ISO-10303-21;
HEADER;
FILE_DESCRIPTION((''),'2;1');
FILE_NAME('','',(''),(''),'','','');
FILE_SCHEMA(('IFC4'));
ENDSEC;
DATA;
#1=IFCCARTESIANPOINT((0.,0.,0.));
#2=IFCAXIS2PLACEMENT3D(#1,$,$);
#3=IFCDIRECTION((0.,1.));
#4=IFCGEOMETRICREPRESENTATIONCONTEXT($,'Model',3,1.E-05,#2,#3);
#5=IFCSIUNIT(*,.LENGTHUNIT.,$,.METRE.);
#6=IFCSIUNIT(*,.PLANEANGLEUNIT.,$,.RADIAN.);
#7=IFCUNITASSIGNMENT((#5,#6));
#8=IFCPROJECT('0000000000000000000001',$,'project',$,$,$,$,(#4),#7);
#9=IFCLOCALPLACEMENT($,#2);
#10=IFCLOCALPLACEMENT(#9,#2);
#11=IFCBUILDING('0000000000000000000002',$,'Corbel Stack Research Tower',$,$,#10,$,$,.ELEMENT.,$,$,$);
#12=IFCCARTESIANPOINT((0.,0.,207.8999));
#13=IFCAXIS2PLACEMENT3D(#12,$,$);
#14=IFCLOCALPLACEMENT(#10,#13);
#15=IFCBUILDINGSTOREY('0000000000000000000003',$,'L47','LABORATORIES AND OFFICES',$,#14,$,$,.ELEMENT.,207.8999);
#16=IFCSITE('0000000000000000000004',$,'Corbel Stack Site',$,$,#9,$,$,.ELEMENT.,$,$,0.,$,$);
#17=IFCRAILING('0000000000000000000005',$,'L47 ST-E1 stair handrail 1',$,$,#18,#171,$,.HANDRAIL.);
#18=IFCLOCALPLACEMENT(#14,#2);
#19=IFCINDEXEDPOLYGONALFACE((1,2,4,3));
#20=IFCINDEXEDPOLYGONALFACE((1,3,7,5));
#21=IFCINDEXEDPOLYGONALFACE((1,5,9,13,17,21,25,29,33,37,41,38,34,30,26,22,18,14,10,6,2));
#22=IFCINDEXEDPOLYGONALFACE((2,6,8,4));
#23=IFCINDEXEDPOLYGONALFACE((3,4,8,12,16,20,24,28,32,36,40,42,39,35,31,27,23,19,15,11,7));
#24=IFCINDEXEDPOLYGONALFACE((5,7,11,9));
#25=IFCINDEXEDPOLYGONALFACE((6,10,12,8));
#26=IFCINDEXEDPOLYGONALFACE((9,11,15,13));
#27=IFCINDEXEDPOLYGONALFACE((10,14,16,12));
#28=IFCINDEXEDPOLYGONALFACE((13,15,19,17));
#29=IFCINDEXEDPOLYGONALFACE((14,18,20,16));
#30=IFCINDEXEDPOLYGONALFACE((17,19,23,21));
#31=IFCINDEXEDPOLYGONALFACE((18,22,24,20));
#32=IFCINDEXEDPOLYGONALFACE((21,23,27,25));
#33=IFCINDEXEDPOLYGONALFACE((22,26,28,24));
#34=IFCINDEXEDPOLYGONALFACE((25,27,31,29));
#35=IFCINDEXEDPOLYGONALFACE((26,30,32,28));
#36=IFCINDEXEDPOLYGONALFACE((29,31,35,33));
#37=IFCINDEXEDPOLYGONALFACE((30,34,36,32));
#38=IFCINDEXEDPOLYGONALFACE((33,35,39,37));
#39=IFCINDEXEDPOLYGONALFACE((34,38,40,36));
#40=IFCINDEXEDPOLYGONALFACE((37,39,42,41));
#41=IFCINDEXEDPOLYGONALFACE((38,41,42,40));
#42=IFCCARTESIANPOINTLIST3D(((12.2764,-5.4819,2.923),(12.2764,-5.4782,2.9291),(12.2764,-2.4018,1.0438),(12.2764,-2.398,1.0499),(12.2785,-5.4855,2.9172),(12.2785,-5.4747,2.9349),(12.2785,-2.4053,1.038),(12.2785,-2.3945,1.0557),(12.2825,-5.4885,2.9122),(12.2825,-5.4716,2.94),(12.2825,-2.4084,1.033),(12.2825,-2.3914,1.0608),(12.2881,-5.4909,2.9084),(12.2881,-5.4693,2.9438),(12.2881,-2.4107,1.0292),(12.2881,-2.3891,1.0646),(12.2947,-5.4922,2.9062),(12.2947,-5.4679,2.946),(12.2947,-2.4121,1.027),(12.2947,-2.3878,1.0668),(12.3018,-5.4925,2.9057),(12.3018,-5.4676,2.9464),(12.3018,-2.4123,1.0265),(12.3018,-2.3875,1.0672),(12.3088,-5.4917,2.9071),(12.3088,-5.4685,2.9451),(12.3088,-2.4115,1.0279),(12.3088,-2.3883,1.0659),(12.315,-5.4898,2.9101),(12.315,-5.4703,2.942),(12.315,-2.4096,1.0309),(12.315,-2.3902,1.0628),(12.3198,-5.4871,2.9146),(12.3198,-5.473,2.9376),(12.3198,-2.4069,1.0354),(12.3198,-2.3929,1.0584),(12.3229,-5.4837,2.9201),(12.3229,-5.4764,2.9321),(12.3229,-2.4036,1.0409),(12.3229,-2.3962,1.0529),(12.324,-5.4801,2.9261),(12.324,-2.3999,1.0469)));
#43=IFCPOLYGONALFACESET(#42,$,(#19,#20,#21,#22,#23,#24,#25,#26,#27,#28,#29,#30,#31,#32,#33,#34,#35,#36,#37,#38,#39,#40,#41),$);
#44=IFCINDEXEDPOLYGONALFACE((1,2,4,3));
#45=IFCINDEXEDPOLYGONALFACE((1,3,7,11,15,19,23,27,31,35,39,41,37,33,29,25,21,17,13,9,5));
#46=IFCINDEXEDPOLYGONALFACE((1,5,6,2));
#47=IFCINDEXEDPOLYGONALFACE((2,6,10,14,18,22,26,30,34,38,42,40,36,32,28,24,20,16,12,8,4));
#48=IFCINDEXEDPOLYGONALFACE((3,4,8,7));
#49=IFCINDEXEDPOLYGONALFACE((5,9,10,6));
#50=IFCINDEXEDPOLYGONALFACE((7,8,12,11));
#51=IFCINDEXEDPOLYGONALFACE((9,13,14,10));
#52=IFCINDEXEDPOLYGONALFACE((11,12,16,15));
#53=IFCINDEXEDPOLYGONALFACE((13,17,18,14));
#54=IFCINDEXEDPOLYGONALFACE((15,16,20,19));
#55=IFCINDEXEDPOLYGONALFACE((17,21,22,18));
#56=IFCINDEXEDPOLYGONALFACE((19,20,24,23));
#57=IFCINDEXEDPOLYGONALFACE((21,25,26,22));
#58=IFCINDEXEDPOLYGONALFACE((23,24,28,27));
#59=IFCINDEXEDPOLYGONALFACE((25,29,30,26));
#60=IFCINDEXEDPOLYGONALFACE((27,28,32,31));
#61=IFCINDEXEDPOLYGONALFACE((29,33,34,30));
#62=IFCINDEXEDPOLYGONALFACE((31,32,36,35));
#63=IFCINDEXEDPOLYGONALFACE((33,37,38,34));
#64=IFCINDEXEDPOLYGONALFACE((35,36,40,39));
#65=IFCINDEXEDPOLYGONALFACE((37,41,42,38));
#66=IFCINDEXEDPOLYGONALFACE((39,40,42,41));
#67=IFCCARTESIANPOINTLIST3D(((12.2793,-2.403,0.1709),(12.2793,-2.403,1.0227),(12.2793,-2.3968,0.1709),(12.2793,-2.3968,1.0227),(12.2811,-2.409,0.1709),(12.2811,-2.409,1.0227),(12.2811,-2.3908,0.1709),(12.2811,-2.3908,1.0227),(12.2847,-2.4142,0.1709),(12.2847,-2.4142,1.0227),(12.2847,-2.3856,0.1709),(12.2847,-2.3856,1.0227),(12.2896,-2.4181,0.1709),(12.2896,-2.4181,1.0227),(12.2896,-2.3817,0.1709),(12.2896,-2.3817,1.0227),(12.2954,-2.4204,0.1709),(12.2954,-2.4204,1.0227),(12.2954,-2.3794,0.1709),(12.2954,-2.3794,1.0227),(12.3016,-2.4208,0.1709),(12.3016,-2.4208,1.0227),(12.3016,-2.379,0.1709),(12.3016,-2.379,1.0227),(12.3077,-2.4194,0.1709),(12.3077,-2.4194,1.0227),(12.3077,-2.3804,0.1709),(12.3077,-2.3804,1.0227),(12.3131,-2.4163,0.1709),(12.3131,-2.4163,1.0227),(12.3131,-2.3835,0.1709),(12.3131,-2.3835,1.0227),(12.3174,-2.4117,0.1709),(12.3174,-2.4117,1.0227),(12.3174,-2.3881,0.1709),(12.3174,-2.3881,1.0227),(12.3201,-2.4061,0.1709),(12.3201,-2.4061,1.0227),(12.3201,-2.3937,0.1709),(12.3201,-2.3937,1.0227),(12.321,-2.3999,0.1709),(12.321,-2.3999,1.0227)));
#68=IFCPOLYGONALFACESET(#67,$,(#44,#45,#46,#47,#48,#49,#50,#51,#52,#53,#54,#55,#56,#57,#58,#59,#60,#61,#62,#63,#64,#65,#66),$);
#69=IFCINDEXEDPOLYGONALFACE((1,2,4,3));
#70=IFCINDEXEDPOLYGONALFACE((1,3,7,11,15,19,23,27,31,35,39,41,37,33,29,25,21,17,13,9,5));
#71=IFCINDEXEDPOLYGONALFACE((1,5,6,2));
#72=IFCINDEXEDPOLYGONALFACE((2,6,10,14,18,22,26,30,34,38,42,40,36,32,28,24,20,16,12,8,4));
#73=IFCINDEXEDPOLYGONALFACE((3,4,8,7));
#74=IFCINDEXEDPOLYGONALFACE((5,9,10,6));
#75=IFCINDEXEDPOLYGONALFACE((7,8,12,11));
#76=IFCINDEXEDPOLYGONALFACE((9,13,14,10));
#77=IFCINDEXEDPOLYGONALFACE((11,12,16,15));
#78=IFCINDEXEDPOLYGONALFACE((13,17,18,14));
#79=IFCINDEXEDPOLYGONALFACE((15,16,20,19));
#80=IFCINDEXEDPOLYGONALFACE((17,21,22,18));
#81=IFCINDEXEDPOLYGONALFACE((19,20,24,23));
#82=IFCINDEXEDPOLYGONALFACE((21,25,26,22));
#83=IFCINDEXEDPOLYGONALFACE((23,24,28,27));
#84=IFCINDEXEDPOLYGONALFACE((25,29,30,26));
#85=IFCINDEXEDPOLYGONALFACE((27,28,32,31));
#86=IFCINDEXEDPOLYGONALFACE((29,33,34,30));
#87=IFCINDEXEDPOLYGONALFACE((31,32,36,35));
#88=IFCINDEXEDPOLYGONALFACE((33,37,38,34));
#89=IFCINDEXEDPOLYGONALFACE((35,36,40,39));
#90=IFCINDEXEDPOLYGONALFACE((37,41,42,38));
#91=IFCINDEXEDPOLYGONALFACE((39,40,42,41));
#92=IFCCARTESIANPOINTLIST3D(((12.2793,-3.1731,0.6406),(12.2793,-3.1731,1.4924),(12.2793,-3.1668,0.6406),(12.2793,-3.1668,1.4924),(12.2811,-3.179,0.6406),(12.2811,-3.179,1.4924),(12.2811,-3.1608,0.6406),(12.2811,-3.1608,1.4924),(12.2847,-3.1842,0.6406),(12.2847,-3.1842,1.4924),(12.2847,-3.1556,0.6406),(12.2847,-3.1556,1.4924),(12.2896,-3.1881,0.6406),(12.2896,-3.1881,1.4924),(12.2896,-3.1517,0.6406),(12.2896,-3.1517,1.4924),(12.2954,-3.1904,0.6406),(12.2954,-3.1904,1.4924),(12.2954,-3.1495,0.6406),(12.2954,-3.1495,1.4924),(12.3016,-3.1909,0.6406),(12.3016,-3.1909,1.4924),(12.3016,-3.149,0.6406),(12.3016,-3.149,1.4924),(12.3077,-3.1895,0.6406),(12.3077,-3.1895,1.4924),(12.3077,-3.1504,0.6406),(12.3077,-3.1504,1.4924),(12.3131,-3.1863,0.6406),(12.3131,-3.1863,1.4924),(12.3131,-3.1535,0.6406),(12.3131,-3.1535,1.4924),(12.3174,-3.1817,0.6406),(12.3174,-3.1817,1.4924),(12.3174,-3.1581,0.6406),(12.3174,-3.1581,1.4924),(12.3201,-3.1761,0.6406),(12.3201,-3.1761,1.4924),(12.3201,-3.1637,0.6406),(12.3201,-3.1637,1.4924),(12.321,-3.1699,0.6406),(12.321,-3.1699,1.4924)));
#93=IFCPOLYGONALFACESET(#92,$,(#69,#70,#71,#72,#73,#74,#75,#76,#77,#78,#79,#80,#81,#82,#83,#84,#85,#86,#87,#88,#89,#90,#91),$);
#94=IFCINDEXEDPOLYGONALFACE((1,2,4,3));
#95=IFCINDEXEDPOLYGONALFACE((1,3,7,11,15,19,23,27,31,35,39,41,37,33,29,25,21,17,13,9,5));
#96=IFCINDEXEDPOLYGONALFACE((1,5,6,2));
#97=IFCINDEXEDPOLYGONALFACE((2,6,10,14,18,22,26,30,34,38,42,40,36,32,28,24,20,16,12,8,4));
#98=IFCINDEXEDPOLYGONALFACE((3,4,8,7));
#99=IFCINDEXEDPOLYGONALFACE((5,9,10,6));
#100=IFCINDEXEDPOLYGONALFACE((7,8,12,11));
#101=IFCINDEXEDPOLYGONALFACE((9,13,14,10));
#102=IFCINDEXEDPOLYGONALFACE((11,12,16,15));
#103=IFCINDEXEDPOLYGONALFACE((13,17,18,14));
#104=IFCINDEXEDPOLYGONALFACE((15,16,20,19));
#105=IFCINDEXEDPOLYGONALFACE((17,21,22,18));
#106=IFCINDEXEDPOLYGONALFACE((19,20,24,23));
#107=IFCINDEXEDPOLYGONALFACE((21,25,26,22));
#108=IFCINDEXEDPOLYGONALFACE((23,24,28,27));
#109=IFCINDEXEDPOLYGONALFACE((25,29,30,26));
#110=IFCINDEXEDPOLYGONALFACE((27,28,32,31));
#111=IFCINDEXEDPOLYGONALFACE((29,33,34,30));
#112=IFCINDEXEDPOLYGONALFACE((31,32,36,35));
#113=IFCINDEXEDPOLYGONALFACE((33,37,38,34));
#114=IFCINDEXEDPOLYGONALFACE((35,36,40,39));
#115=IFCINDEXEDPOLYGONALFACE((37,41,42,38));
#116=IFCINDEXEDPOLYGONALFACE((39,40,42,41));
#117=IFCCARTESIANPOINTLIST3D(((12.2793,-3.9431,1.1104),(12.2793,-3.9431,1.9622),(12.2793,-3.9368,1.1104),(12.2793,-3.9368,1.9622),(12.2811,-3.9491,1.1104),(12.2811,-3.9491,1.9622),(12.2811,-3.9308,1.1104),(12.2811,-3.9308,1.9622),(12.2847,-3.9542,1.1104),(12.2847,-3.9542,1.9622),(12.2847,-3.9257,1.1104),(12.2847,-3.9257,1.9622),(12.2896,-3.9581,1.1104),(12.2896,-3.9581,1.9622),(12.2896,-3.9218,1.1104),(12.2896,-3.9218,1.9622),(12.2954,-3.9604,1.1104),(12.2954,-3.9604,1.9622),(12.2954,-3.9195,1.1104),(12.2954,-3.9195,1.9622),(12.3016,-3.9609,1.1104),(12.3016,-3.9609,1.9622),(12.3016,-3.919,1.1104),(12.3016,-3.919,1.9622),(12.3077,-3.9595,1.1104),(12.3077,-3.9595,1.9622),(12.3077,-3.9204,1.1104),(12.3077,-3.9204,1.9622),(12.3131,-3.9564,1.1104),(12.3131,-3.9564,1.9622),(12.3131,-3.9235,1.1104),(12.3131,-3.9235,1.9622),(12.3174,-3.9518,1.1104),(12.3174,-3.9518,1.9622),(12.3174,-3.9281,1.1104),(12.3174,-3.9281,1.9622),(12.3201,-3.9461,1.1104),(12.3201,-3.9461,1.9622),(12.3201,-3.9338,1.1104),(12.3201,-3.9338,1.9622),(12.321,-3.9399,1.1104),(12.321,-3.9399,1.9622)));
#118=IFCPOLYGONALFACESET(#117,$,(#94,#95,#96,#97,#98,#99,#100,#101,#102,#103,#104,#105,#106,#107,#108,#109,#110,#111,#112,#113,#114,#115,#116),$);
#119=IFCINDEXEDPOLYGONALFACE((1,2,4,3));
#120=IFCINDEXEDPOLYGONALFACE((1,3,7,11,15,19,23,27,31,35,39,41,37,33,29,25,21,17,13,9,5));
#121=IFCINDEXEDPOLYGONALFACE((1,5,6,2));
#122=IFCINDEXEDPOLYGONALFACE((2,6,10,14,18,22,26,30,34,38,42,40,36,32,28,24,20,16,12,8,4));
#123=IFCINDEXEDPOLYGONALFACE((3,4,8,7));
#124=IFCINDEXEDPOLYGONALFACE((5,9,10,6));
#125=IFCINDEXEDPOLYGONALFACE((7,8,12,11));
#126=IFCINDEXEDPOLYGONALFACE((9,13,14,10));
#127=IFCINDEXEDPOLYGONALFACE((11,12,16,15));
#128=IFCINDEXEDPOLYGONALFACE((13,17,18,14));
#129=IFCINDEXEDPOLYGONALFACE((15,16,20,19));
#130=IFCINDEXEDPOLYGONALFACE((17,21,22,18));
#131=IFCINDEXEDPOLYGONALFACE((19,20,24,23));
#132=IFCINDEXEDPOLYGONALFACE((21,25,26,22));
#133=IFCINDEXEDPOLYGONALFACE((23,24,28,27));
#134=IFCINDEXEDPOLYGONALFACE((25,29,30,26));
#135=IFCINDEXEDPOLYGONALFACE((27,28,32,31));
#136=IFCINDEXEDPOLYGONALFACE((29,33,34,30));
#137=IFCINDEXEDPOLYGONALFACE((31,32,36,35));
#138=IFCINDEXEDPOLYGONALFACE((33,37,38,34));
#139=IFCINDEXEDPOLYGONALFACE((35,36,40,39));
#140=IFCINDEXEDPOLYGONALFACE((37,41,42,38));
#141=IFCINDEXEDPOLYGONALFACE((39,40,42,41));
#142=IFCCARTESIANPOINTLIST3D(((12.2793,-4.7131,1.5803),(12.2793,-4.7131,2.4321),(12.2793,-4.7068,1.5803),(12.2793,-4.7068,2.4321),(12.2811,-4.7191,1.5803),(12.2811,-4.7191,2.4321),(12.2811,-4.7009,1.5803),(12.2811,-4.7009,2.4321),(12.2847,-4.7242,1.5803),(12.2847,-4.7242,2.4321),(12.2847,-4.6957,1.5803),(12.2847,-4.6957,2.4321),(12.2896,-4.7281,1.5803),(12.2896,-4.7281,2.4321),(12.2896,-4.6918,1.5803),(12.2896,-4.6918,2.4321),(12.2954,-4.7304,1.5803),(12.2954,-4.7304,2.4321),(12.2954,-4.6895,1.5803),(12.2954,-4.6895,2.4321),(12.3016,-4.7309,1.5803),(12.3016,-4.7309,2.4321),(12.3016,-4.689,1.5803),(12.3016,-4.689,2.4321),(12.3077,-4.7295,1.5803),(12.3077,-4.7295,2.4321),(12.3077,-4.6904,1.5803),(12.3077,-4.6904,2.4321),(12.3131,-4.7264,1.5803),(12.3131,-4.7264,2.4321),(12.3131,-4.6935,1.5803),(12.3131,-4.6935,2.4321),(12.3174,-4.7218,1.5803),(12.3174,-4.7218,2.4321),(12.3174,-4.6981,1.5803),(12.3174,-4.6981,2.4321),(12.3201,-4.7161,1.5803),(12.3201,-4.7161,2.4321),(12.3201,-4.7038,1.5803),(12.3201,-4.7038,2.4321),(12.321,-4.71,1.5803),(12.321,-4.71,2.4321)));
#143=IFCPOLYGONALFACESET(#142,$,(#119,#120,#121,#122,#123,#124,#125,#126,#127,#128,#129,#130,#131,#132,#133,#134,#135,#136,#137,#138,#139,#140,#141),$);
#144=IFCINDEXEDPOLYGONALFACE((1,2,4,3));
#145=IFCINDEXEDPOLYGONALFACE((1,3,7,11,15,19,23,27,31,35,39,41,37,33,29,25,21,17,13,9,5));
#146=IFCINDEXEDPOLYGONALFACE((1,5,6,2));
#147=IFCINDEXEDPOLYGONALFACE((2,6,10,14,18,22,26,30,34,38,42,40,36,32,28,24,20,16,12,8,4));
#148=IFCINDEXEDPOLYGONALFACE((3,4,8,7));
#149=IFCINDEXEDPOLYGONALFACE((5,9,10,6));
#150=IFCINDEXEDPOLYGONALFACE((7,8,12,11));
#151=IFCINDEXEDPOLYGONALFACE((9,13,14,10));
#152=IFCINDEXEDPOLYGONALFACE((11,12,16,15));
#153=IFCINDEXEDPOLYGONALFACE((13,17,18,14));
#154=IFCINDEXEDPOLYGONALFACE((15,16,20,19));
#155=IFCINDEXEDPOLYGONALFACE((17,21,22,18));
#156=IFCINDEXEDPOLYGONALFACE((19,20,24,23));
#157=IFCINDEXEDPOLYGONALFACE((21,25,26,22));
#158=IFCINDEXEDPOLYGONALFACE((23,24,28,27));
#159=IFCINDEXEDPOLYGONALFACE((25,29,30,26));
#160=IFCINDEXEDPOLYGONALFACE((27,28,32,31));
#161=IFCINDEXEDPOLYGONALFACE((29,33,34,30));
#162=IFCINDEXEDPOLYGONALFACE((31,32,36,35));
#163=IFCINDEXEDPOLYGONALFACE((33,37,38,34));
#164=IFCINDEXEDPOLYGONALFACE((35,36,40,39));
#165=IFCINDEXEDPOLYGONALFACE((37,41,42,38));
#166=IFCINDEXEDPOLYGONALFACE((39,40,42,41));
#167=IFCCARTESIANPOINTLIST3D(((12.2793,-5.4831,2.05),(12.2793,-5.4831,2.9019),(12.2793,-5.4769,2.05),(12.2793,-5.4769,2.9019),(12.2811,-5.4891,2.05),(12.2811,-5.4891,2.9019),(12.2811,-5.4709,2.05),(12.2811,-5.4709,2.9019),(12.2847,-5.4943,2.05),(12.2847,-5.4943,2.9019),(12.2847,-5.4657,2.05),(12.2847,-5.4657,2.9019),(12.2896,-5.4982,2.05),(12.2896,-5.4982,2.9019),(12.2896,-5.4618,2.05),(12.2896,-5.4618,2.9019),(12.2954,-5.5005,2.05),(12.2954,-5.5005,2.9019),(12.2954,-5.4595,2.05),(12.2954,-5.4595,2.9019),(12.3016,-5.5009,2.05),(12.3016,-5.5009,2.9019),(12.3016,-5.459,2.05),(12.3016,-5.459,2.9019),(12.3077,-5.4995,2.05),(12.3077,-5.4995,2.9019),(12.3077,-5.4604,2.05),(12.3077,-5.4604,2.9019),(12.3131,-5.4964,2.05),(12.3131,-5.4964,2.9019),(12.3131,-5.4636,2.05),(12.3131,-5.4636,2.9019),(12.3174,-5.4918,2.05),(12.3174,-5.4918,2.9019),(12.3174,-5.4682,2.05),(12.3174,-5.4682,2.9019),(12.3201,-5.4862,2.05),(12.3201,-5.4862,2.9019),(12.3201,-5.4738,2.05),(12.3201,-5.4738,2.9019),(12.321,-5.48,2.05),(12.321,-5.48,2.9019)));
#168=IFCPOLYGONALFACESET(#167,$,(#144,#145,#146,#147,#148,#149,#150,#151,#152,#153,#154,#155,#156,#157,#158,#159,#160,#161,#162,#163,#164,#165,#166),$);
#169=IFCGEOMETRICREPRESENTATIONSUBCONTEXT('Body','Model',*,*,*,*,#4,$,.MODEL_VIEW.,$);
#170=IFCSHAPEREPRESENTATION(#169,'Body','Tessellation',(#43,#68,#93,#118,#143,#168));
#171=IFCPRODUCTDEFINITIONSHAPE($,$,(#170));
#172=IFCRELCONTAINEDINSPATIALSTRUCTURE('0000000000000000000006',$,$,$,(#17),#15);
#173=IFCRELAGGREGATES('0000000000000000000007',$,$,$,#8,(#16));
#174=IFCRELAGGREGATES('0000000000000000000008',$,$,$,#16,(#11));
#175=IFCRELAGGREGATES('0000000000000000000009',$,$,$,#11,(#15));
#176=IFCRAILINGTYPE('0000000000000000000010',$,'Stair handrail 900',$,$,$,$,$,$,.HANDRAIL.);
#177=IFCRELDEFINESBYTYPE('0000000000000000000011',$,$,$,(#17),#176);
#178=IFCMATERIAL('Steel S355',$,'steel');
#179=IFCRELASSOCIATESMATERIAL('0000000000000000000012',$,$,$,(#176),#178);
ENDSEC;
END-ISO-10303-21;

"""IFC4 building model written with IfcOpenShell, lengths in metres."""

from ifc_helpers import new_model, si_unit, direction, frame, origin, origin_2d, place, context, subcontext, project, spatial, circle, extrude, material, type_object, element, save


model = new_model("IFC4")

# Units and contexts
model_context = context("Model", 3, precision=1e-05, world=origin(), true_north=direction((0.0, 1.0)))
body_context = subcontext(model_context, "Body", "Model", "MODEL_VIEW")
ifc_project = project(units=[si_unit("LENGTHUNIT", "METRE"), si_unit("PLANEANGLEUNIT", "RADIAN")], contexts=[model_context])

# Site, building, storey
site_placement = place(None, origin())
site = spatial("IfcSite", under=ifc_project, at=site_placement, Name="Corbel Stack Site", CompositionType="ELEMENT", RefElevation=0.0)
building_placement = place(site_placement, origin())
building = spatial("IfcBuilding", under=site, at=building_placement, Name="Corbel Stack Research Tower", CompositionType="ELEMENT")
storey_placement = place(building_placement, frame((0.0, 0.0, 207.8999)))
storey = spatial("IfcBuildingStorey", under=building, at=storey_placement, Name="L47", Description="LABORATORIES AND OFFICES", CompositionType="ELEMENT", Elevation=207.8999)

# Railing
ifc_material_1 = material(Name="Steel S355", Category="steel")
railing_type_1 = type_object("IfcRailingType", Name="Stair handrail 900", PredefinedType="HANDRAIL", material=ifc_material_1)
railing_1_placement = place(storey_placement, frame((12.3, -2.3999, 0.1709)))
element("IfcRailing", 1, at=railing_1_placement, inside=storey, type_object=railing_type_1, Name="L47 ST-E1 stair handrail 1", PredefinedType="HANDRAIL", context=body_context, shape_type="SweptSolid", body=[
    extrude(circle(Radius=0.0239, at=origin_2d()), frame((0.0, 0.0, 0.876), z_axis=(0.0, -0.853666, 0.52082), x_axis=(1.0, 0.0, 0.0)), (0.0, 0.0, 1.0), 3.6082),
    extrude(circle(Radius=0.021, at=origin_2d()), origin(), (0.0, 0.0, 1.0), 0.8518),
    extrude(circle(Radius=0.021, at=origin_2d()), frame((0.0, -0.77, 0.4697)), (0.0, 0.0, 1.0), 0.8518),
    extrude(circle(Radius=0.021, at=origin_2d()), frame((0.0, -1.54, 0.9395)), (0.0, 0.0, 1.0), 0.8518),
    extrude(circle(Radius=0.021, at=origin_2d()), frame((0.0, -2.3101, 1.4094)), (0.0, 0.0, 1.0), 0.8518),
    extrude(circle(Radius=0.021, at=origin_2d()), frame((0.0, -3.0801, 1.8792)), (0.0, 0.0, 1.0), 0.8518),
])

save(model, "model.ifc")
